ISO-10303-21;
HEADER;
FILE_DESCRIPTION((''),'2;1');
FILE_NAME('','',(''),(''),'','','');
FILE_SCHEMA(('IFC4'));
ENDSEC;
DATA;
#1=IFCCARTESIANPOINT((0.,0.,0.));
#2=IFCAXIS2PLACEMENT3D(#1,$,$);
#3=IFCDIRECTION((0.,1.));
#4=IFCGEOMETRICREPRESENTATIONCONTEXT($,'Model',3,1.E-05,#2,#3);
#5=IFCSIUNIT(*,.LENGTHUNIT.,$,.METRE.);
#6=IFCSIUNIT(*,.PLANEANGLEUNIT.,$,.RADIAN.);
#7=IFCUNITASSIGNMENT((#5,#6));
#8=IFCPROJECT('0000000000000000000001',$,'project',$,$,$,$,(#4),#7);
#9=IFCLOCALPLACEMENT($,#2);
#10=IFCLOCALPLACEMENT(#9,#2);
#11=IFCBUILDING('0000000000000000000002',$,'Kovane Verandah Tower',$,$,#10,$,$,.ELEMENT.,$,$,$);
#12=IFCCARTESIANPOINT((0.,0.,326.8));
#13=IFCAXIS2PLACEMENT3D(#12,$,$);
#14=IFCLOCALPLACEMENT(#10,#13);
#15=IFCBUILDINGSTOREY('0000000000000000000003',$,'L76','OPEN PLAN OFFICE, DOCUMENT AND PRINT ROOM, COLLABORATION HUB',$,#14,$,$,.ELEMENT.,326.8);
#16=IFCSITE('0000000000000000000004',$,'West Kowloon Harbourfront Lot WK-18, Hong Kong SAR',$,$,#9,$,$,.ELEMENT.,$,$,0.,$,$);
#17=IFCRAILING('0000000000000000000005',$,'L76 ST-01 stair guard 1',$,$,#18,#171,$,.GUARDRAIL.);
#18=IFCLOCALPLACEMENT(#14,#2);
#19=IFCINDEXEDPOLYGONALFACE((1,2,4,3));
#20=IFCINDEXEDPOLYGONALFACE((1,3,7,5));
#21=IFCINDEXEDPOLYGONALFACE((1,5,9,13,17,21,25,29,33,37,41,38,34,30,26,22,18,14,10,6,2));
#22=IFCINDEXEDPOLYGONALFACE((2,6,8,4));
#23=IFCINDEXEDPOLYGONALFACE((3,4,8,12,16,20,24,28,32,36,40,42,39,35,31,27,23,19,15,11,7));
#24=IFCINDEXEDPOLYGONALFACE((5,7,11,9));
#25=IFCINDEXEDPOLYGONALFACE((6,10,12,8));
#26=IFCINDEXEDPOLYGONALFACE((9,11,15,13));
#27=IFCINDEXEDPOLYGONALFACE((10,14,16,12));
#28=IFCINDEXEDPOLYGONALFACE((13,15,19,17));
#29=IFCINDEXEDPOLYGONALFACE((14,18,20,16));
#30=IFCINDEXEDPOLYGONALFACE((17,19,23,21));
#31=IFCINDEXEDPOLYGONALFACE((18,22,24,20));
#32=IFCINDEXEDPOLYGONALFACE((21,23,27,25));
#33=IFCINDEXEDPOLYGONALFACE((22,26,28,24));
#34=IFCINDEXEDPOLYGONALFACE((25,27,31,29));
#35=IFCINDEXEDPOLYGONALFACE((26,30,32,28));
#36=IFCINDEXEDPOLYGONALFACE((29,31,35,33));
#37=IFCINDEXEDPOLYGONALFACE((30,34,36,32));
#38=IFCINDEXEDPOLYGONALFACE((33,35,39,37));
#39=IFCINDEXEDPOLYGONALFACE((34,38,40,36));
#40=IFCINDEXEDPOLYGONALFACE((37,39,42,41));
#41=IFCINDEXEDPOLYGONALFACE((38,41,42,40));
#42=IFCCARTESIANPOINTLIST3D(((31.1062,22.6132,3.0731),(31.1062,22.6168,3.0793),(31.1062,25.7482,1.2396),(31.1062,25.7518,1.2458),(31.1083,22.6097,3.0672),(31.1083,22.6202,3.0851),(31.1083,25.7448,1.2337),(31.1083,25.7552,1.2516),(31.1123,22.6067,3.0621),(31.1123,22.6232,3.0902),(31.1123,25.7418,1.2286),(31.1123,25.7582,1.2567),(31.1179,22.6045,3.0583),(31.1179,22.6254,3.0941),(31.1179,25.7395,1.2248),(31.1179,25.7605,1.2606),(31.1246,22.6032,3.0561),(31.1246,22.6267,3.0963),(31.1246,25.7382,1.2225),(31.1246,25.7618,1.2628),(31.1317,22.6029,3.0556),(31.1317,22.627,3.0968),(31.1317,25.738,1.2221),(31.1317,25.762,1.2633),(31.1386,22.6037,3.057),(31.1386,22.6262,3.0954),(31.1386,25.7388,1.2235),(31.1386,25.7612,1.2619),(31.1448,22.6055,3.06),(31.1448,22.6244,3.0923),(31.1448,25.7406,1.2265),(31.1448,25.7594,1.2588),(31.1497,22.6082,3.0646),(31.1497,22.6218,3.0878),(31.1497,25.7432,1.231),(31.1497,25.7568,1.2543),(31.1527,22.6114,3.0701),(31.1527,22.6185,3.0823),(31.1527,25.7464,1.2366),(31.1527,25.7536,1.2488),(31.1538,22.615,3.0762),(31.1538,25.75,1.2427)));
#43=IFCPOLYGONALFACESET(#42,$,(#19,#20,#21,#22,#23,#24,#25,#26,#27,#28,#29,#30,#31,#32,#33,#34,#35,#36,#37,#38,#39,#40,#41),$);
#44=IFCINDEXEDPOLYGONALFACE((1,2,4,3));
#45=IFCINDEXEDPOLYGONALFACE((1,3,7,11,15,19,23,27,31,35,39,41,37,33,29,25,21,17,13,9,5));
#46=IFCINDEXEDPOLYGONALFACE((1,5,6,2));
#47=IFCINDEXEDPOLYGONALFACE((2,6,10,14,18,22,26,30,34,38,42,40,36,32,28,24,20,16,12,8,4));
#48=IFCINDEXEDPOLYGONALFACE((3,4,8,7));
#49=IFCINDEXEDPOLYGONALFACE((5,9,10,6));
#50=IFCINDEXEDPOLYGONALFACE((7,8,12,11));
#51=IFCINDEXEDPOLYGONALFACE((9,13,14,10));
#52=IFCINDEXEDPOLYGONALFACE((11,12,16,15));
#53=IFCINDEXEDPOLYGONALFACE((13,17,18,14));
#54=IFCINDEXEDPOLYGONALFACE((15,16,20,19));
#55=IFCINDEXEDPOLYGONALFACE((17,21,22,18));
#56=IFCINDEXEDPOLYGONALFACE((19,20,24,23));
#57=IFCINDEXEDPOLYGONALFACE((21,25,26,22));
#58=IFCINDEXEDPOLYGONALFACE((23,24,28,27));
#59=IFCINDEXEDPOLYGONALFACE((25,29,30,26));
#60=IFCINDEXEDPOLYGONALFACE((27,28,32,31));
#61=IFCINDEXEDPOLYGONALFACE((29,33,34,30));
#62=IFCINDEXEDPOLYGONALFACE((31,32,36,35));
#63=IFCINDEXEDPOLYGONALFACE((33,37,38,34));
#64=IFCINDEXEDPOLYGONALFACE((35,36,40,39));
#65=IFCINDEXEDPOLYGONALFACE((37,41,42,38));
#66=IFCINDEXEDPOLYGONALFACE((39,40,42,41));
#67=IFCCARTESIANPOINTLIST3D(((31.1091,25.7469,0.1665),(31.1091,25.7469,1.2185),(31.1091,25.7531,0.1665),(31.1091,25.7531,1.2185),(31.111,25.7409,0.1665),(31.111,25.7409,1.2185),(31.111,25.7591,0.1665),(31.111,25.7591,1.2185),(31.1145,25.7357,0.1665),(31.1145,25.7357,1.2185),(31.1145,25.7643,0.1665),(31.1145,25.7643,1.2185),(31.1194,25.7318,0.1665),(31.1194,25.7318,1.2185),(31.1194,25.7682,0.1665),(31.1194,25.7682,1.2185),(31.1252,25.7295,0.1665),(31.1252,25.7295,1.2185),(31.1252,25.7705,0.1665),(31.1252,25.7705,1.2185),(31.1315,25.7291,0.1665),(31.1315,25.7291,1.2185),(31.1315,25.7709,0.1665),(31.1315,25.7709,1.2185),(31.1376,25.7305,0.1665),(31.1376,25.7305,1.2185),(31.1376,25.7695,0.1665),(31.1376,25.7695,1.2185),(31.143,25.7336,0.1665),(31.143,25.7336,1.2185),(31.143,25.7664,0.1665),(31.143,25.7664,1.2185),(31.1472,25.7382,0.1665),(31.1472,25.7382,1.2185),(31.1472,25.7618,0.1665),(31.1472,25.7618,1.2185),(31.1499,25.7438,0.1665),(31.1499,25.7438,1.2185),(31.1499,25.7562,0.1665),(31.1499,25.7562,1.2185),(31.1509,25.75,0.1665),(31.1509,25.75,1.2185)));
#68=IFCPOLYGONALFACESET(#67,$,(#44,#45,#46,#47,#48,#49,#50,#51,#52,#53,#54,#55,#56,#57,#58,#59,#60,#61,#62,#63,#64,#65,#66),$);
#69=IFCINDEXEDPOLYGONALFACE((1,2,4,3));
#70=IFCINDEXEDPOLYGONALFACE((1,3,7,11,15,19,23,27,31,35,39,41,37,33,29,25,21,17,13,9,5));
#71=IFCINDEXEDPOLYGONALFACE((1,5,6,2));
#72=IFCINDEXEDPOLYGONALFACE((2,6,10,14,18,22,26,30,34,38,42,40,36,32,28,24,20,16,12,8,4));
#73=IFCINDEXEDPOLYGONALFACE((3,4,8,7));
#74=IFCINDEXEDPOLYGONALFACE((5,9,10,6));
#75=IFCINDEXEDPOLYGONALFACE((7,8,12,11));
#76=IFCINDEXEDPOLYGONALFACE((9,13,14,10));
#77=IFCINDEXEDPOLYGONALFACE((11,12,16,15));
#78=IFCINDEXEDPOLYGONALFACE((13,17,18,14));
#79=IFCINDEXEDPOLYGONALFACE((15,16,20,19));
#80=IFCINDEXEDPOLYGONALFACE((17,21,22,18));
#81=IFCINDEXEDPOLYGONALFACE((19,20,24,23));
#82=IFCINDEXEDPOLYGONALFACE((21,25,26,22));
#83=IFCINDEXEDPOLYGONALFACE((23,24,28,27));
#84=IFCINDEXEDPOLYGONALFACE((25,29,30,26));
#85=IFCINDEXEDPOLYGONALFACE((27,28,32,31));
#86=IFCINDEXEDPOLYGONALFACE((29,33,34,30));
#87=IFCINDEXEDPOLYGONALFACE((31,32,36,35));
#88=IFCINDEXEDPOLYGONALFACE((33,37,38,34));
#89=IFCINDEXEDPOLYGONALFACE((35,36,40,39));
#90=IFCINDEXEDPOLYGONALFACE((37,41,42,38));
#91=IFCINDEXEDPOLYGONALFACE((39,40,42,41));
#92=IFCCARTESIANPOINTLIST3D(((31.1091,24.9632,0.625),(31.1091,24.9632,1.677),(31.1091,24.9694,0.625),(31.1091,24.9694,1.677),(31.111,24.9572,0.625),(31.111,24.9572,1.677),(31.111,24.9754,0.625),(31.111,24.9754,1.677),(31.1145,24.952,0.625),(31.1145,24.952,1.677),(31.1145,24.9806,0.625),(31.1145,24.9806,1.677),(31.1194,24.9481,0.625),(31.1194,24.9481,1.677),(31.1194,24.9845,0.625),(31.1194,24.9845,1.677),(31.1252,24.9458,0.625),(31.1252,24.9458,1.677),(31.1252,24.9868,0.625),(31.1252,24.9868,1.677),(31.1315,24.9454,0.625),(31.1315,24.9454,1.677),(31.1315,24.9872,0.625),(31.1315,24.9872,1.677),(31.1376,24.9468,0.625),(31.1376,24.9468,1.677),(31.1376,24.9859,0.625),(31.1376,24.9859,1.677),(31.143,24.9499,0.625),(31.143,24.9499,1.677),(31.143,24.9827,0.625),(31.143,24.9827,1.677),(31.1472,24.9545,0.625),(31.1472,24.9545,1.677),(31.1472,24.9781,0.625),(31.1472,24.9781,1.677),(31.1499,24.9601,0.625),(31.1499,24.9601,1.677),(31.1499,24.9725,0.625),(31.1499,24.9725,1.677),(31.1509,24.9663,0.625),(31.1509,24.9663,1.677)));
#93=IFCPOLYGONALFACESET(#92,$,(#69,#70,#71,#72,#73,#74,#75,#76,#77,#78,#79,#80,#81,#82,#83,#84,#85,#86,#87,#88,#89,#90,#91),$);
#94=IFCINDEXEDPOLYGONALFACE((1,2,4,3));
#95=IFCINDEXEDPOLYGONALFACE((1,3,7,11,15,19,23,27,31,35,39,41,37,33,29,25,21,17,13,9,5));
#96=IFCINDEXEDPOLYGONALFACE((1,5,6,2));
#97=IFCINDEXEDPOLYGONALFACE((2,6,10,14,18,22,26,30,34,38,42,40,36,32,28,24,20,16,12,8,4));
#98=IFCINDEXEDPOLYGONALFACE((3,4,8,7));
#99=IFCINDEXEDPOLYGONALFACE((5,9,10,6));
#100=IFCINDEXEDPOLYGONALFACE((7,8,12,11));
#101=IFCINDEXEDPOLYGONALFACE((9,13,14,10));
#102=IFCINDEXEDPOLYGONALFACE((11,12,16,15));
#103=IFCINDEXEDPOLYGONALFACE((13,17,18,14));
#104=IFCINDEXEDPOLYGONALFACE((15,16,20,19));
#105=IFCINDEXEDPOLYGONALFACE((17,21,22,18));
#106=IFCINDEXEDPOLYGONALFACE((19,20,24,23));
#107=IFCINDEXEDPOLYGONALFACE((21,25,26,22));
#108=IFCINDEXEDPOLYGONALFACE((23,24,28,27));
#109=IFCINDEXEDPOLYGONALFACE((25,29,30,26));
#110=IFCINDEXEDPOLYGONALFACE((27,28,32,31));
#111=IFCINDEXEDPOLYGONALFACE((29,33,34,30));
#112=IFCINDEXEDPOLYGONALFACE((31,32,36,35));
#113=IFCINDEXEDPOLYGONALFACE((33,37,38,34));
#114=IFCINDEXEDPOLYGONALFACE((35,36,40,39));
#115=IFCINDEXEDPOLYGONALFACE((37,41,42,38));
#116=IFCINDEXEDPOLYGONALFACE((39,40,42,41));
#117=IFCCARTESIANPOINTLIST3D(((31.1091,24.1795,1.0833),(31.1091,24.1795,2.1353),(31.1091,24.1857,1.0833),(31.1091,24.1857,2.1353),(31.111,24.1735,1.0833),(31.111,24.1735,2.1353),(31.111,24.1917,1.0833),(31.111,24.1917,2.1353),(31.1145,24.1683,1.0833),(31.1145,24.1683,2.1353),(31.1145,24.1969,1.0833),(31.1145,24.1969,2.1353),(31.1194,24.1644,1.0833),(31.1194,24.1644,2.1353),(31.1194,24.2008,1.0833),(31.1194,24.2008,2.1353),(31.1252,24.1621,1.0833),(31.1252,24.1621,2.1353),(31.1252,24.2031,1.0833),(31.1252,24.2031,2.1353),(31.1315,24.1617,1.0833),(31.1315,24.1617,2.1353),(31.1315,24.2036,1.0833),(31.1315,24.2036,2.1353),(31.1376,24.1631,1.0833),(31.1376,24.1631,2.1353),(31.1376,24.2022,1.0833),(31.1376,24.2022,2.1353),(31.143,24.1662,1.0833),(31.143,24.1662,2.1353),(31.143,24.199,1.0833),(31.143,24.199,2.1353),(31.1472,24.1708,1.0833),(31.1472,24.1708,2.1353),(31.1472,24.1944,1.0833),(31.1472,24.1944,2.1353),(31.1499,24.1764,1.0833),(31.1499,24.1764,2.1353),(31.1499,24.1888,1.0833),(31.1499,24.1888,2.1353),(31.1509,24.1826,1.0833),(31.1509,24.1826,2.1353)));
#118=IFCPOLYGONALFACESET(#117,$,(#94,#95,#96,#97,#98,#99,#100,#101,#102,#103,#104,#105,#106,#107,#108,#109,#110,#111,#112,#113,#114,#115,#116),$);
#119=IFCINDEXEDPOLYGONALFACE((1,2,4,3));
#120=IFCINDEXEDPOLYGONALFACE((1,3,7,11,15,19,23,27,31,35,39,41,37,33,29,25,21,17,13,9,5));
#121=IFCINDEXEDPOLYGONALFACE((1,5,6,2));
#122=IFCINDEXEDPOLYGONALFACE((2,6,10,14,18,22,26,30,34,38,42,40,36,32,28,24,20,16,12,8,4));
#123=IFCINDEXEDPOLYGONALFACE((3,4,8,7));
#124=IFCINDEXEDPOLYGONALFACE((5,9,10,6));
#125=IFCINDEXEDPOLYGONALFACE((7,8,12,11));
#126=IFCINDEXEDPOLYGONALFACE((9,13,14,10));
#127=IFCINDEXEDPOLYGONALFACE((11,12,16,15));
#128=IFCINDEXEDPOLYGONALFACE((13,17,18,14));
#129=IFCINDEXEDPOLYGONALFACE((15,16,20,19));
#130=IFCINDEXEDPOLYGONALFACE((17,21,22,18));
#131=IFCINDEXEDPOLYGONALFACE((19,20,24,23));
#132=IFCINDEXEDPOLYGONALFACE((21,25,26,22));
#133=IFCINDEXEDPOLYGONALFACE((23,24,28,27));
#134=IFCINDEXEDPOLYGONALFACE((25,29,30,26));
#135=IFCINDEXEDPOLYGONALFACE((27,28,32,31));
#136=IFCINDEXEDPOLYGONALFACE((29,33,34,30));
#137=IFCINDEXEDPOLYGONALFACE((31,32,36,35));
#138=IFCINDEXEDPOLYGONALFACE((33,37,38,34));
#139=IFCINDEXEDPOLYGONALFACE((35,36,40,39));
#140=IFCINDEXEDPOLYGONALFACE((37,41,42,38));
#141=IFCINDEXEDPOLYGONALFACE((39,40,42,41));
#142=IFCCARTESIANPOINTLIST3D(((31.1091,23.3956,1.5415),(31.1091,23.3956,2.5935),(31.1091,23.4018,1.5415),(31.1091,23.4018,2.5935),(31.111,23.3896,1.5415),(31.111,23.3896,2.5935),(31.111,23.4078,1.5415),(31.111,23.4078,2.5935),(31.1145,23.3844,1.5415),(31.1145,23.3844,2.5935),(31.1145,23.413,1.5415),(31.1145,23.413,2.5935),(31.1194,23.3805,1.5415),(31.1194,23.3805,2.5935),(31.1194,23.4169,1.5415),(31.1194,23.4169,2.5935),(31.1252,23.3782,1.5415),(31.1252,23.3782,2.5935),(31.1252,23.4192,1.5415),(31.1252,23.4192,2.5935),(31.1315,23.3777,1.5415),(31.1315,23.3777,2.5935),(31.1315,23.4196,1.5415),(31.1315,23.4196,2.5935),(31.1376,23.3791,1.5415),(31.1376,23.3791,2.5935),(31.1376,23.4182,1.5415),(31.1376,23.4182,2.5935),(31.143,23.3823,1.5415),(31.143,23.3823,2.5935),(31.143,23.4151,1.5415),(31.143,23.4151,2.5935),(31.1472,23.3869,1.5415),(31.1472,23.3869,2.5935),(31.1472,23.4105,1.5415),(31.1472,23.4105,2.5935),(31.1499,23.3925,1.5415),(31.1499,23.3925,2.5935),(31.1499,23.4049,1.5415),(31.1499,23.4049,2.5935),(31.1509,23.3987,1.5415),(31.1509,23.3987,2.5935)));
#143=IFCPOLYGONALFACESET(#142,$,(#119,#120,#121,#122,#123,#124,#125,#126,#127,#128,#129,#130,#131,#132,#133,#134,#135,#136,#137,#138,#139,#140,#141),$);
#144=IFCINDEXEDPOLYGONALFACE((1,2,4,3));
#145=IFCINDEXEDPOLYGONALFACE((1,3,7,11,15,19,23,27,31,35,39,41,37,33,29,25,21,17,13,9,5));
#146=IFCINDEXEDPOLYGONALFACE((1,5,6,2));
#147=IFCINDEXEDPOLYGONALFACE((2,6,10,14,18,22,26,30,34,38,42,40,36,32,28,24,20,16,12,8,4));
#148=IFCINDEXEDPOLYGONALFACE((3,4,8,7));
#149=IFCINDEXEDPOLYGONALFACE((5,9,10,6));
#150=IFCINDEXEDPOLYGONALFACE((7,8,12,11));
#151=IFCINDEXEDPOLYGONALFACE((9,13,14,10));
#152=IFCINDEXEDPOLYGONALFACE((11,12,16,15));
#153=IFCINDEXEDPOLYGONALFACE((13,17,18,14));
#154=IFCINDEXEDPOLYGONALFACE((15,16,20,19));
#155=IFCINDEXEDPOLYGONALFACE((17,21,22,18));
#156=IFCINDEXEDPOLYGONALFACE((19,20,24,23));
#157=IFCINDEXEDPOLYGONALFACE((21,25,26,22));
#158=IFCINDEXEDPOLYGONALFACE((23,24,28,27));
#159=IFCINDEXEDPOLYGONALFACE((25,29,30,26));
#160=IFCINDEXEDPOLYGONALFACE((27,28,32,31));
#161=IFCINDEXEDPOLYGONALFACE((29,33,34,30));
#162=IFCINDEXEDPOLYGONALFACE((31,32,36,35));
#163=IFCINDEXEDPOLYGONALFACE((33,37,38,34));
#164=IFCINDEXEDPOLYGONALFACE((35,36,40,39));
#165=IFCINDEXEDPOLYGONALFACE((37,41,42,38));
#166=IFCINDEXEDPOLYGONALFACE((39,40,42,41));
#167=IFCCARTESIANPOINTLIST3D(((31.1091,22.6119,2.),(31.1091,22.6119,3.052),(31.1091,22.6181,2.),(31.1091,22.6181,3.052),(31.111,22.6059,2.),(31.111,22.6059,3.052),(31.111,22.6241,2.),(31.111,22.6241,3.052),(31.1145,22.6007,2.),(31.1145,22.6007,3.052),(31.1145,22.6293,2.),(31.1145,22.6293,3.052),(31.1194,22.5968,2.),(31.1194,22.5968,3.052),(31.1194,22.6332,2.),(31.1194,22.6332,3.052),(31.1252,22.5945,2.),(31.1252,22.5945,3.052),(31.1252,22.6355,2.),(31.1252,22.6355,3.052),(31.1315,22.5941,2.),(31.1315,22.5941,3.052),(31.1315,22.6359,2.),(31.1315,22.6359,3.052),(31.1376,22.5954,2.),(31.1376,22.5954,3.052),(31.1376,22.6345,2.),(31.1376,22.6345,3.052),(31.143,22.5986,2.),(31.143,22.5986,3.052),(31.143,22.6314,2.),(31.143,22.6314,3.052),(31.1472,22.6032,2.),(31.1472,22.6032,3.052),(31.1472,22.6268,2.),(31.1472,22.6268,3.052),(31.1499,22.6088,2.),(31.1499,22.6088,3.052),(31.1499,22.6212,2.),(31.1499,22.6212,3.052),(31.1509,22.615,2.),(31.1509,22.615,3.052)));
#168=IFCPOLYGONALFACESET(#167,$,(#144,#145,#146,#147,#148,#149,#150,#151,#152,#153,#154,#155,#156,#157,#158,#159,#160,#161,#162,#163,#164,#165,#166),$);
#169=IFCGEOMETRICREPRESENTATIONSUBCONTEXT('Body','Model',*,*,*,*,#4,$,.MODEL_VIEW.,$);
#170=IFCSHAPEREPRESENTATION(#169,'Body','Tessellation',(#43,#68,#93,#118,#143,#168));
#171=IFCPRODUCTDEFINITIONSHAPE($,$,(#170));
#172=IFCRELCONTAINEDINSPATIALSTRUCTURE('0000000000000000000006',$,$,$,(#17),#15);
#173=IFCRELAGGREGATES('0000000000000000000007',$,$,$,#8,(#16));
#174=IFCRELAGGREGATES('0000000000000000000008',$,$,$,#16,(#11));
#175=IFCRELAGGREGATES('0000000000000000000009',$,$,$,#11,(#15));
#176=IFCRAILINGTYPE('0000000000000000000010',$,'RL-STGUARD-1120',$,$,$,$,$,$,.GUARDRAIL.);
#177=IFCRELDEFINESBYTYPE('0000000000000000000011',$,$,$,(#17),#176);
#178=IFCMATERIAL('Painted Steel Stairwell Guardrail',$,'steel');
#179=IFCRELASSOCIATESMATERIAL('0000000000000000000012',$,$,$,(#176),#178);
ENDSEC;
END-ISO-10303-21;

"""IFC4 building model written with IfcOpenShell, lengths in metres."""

from ifc_helpers import new_model, si_unit, direction, frame, origin, origin_2d, place, context, subcontext, project, spatial, circle, extrude, material, type_object, element, save


model = new_model("IFC4")

# Units and contexts
model_context = context("Model", 3, precision=1e-05, world=origin(), true_north=direction((0.0, 1.0)))
body_context = subcontext(model_context, "Body", "Model", "MODEL_VIEW")
ifc_project = project(units=[si_unit("LENGTHUNIT", "METRE"), si_unit("PLANEANGLEUNIT", "RADIAN")], contexts=[model_context])

# Site, building, storey
site_placement = place(None, origin())
site = spatial("IfcSite", under=ifc_project, at=site_placement, Name="West Kowloon Harbourfront Lot WK-18, Hong Kong SAR", CompositionType="ELEMENT", RefElevation=0.0)
building_placement = place(site_placement, origin())
building = spatial("IfcBuilding", under=site, at=building_placement, Name="Kovane Verandah Tower", CompositionType="ELEMENT")
storey_placement = place(building_placement, frame((0.0, 0.0, 326.8)))
storey = spatial("IfcBuildingStorey", under=building, at=storey_placement, Name="L76", Description="OPEN PLAN OFFICE, DOCUMENT AND PRINT ROOM, COLLABORATION HUB", CompositionType="ELEMENT", Elevation=326.8)

# Railing
ifc_material_1 = material(Name="Painted Steel Stairwell Guardrail", Category="steel")
railing_type_1 = type_object("IfcRailingType", Name="RL-STGUARD-1120", PredefinedType="GUARDRAIL", material=ifc_material_1)
railing_1_placement = place(storey_placement, frame((31.1299, 25.75, 0.1665)))
element("IfcRailing", 1, at=railing_1_placement, inside=storey, type_object=railing_type_1, Name="L76 ST-01 stair guard 1", PredefinedType="GUARDRAIL", context=body_context, shape_type="SweptSolid", body=[
    extrude(circle(Radius=0.0239, at=origin_2d()), frame((0.0, 0.0, 1.0762), z_axis=(0.0, -0.86321, 0.504845), x_axis=(1.0, 0.0, 0.0)), (0.0, 0.0, 1.0), 3.6318),
    extrude(circle(Radius=0.021, at=origin_2d()), origin(), (0.0, 0.0, 1.0), 1.052),
    extrude(circle(Radius=0.021, at=origin_2d()), frame((0.0, -0.7837, 0.4585)), (0.0, 0.0, 1.0), 1.052),
    extrude(circle(Radius=0.021, at=origin_2d()), frame((0.0, -1.5674, 0.9167)), (0.0, 0.0, 1.0), 1.052),
    extrude(circle(Radius=0.021, at=origin_2d()), frame((0.0, -2.3513, 1.375)), (0.0, 0.0, 1.0), 1.052),
    extrude(circle(Radius=0.021, at=origin_2d()), frame((0.0, -3.135, 1.8335)), (0.0, 0.0, 1.0), 1.052),
])

save(model, "model.ifc")
